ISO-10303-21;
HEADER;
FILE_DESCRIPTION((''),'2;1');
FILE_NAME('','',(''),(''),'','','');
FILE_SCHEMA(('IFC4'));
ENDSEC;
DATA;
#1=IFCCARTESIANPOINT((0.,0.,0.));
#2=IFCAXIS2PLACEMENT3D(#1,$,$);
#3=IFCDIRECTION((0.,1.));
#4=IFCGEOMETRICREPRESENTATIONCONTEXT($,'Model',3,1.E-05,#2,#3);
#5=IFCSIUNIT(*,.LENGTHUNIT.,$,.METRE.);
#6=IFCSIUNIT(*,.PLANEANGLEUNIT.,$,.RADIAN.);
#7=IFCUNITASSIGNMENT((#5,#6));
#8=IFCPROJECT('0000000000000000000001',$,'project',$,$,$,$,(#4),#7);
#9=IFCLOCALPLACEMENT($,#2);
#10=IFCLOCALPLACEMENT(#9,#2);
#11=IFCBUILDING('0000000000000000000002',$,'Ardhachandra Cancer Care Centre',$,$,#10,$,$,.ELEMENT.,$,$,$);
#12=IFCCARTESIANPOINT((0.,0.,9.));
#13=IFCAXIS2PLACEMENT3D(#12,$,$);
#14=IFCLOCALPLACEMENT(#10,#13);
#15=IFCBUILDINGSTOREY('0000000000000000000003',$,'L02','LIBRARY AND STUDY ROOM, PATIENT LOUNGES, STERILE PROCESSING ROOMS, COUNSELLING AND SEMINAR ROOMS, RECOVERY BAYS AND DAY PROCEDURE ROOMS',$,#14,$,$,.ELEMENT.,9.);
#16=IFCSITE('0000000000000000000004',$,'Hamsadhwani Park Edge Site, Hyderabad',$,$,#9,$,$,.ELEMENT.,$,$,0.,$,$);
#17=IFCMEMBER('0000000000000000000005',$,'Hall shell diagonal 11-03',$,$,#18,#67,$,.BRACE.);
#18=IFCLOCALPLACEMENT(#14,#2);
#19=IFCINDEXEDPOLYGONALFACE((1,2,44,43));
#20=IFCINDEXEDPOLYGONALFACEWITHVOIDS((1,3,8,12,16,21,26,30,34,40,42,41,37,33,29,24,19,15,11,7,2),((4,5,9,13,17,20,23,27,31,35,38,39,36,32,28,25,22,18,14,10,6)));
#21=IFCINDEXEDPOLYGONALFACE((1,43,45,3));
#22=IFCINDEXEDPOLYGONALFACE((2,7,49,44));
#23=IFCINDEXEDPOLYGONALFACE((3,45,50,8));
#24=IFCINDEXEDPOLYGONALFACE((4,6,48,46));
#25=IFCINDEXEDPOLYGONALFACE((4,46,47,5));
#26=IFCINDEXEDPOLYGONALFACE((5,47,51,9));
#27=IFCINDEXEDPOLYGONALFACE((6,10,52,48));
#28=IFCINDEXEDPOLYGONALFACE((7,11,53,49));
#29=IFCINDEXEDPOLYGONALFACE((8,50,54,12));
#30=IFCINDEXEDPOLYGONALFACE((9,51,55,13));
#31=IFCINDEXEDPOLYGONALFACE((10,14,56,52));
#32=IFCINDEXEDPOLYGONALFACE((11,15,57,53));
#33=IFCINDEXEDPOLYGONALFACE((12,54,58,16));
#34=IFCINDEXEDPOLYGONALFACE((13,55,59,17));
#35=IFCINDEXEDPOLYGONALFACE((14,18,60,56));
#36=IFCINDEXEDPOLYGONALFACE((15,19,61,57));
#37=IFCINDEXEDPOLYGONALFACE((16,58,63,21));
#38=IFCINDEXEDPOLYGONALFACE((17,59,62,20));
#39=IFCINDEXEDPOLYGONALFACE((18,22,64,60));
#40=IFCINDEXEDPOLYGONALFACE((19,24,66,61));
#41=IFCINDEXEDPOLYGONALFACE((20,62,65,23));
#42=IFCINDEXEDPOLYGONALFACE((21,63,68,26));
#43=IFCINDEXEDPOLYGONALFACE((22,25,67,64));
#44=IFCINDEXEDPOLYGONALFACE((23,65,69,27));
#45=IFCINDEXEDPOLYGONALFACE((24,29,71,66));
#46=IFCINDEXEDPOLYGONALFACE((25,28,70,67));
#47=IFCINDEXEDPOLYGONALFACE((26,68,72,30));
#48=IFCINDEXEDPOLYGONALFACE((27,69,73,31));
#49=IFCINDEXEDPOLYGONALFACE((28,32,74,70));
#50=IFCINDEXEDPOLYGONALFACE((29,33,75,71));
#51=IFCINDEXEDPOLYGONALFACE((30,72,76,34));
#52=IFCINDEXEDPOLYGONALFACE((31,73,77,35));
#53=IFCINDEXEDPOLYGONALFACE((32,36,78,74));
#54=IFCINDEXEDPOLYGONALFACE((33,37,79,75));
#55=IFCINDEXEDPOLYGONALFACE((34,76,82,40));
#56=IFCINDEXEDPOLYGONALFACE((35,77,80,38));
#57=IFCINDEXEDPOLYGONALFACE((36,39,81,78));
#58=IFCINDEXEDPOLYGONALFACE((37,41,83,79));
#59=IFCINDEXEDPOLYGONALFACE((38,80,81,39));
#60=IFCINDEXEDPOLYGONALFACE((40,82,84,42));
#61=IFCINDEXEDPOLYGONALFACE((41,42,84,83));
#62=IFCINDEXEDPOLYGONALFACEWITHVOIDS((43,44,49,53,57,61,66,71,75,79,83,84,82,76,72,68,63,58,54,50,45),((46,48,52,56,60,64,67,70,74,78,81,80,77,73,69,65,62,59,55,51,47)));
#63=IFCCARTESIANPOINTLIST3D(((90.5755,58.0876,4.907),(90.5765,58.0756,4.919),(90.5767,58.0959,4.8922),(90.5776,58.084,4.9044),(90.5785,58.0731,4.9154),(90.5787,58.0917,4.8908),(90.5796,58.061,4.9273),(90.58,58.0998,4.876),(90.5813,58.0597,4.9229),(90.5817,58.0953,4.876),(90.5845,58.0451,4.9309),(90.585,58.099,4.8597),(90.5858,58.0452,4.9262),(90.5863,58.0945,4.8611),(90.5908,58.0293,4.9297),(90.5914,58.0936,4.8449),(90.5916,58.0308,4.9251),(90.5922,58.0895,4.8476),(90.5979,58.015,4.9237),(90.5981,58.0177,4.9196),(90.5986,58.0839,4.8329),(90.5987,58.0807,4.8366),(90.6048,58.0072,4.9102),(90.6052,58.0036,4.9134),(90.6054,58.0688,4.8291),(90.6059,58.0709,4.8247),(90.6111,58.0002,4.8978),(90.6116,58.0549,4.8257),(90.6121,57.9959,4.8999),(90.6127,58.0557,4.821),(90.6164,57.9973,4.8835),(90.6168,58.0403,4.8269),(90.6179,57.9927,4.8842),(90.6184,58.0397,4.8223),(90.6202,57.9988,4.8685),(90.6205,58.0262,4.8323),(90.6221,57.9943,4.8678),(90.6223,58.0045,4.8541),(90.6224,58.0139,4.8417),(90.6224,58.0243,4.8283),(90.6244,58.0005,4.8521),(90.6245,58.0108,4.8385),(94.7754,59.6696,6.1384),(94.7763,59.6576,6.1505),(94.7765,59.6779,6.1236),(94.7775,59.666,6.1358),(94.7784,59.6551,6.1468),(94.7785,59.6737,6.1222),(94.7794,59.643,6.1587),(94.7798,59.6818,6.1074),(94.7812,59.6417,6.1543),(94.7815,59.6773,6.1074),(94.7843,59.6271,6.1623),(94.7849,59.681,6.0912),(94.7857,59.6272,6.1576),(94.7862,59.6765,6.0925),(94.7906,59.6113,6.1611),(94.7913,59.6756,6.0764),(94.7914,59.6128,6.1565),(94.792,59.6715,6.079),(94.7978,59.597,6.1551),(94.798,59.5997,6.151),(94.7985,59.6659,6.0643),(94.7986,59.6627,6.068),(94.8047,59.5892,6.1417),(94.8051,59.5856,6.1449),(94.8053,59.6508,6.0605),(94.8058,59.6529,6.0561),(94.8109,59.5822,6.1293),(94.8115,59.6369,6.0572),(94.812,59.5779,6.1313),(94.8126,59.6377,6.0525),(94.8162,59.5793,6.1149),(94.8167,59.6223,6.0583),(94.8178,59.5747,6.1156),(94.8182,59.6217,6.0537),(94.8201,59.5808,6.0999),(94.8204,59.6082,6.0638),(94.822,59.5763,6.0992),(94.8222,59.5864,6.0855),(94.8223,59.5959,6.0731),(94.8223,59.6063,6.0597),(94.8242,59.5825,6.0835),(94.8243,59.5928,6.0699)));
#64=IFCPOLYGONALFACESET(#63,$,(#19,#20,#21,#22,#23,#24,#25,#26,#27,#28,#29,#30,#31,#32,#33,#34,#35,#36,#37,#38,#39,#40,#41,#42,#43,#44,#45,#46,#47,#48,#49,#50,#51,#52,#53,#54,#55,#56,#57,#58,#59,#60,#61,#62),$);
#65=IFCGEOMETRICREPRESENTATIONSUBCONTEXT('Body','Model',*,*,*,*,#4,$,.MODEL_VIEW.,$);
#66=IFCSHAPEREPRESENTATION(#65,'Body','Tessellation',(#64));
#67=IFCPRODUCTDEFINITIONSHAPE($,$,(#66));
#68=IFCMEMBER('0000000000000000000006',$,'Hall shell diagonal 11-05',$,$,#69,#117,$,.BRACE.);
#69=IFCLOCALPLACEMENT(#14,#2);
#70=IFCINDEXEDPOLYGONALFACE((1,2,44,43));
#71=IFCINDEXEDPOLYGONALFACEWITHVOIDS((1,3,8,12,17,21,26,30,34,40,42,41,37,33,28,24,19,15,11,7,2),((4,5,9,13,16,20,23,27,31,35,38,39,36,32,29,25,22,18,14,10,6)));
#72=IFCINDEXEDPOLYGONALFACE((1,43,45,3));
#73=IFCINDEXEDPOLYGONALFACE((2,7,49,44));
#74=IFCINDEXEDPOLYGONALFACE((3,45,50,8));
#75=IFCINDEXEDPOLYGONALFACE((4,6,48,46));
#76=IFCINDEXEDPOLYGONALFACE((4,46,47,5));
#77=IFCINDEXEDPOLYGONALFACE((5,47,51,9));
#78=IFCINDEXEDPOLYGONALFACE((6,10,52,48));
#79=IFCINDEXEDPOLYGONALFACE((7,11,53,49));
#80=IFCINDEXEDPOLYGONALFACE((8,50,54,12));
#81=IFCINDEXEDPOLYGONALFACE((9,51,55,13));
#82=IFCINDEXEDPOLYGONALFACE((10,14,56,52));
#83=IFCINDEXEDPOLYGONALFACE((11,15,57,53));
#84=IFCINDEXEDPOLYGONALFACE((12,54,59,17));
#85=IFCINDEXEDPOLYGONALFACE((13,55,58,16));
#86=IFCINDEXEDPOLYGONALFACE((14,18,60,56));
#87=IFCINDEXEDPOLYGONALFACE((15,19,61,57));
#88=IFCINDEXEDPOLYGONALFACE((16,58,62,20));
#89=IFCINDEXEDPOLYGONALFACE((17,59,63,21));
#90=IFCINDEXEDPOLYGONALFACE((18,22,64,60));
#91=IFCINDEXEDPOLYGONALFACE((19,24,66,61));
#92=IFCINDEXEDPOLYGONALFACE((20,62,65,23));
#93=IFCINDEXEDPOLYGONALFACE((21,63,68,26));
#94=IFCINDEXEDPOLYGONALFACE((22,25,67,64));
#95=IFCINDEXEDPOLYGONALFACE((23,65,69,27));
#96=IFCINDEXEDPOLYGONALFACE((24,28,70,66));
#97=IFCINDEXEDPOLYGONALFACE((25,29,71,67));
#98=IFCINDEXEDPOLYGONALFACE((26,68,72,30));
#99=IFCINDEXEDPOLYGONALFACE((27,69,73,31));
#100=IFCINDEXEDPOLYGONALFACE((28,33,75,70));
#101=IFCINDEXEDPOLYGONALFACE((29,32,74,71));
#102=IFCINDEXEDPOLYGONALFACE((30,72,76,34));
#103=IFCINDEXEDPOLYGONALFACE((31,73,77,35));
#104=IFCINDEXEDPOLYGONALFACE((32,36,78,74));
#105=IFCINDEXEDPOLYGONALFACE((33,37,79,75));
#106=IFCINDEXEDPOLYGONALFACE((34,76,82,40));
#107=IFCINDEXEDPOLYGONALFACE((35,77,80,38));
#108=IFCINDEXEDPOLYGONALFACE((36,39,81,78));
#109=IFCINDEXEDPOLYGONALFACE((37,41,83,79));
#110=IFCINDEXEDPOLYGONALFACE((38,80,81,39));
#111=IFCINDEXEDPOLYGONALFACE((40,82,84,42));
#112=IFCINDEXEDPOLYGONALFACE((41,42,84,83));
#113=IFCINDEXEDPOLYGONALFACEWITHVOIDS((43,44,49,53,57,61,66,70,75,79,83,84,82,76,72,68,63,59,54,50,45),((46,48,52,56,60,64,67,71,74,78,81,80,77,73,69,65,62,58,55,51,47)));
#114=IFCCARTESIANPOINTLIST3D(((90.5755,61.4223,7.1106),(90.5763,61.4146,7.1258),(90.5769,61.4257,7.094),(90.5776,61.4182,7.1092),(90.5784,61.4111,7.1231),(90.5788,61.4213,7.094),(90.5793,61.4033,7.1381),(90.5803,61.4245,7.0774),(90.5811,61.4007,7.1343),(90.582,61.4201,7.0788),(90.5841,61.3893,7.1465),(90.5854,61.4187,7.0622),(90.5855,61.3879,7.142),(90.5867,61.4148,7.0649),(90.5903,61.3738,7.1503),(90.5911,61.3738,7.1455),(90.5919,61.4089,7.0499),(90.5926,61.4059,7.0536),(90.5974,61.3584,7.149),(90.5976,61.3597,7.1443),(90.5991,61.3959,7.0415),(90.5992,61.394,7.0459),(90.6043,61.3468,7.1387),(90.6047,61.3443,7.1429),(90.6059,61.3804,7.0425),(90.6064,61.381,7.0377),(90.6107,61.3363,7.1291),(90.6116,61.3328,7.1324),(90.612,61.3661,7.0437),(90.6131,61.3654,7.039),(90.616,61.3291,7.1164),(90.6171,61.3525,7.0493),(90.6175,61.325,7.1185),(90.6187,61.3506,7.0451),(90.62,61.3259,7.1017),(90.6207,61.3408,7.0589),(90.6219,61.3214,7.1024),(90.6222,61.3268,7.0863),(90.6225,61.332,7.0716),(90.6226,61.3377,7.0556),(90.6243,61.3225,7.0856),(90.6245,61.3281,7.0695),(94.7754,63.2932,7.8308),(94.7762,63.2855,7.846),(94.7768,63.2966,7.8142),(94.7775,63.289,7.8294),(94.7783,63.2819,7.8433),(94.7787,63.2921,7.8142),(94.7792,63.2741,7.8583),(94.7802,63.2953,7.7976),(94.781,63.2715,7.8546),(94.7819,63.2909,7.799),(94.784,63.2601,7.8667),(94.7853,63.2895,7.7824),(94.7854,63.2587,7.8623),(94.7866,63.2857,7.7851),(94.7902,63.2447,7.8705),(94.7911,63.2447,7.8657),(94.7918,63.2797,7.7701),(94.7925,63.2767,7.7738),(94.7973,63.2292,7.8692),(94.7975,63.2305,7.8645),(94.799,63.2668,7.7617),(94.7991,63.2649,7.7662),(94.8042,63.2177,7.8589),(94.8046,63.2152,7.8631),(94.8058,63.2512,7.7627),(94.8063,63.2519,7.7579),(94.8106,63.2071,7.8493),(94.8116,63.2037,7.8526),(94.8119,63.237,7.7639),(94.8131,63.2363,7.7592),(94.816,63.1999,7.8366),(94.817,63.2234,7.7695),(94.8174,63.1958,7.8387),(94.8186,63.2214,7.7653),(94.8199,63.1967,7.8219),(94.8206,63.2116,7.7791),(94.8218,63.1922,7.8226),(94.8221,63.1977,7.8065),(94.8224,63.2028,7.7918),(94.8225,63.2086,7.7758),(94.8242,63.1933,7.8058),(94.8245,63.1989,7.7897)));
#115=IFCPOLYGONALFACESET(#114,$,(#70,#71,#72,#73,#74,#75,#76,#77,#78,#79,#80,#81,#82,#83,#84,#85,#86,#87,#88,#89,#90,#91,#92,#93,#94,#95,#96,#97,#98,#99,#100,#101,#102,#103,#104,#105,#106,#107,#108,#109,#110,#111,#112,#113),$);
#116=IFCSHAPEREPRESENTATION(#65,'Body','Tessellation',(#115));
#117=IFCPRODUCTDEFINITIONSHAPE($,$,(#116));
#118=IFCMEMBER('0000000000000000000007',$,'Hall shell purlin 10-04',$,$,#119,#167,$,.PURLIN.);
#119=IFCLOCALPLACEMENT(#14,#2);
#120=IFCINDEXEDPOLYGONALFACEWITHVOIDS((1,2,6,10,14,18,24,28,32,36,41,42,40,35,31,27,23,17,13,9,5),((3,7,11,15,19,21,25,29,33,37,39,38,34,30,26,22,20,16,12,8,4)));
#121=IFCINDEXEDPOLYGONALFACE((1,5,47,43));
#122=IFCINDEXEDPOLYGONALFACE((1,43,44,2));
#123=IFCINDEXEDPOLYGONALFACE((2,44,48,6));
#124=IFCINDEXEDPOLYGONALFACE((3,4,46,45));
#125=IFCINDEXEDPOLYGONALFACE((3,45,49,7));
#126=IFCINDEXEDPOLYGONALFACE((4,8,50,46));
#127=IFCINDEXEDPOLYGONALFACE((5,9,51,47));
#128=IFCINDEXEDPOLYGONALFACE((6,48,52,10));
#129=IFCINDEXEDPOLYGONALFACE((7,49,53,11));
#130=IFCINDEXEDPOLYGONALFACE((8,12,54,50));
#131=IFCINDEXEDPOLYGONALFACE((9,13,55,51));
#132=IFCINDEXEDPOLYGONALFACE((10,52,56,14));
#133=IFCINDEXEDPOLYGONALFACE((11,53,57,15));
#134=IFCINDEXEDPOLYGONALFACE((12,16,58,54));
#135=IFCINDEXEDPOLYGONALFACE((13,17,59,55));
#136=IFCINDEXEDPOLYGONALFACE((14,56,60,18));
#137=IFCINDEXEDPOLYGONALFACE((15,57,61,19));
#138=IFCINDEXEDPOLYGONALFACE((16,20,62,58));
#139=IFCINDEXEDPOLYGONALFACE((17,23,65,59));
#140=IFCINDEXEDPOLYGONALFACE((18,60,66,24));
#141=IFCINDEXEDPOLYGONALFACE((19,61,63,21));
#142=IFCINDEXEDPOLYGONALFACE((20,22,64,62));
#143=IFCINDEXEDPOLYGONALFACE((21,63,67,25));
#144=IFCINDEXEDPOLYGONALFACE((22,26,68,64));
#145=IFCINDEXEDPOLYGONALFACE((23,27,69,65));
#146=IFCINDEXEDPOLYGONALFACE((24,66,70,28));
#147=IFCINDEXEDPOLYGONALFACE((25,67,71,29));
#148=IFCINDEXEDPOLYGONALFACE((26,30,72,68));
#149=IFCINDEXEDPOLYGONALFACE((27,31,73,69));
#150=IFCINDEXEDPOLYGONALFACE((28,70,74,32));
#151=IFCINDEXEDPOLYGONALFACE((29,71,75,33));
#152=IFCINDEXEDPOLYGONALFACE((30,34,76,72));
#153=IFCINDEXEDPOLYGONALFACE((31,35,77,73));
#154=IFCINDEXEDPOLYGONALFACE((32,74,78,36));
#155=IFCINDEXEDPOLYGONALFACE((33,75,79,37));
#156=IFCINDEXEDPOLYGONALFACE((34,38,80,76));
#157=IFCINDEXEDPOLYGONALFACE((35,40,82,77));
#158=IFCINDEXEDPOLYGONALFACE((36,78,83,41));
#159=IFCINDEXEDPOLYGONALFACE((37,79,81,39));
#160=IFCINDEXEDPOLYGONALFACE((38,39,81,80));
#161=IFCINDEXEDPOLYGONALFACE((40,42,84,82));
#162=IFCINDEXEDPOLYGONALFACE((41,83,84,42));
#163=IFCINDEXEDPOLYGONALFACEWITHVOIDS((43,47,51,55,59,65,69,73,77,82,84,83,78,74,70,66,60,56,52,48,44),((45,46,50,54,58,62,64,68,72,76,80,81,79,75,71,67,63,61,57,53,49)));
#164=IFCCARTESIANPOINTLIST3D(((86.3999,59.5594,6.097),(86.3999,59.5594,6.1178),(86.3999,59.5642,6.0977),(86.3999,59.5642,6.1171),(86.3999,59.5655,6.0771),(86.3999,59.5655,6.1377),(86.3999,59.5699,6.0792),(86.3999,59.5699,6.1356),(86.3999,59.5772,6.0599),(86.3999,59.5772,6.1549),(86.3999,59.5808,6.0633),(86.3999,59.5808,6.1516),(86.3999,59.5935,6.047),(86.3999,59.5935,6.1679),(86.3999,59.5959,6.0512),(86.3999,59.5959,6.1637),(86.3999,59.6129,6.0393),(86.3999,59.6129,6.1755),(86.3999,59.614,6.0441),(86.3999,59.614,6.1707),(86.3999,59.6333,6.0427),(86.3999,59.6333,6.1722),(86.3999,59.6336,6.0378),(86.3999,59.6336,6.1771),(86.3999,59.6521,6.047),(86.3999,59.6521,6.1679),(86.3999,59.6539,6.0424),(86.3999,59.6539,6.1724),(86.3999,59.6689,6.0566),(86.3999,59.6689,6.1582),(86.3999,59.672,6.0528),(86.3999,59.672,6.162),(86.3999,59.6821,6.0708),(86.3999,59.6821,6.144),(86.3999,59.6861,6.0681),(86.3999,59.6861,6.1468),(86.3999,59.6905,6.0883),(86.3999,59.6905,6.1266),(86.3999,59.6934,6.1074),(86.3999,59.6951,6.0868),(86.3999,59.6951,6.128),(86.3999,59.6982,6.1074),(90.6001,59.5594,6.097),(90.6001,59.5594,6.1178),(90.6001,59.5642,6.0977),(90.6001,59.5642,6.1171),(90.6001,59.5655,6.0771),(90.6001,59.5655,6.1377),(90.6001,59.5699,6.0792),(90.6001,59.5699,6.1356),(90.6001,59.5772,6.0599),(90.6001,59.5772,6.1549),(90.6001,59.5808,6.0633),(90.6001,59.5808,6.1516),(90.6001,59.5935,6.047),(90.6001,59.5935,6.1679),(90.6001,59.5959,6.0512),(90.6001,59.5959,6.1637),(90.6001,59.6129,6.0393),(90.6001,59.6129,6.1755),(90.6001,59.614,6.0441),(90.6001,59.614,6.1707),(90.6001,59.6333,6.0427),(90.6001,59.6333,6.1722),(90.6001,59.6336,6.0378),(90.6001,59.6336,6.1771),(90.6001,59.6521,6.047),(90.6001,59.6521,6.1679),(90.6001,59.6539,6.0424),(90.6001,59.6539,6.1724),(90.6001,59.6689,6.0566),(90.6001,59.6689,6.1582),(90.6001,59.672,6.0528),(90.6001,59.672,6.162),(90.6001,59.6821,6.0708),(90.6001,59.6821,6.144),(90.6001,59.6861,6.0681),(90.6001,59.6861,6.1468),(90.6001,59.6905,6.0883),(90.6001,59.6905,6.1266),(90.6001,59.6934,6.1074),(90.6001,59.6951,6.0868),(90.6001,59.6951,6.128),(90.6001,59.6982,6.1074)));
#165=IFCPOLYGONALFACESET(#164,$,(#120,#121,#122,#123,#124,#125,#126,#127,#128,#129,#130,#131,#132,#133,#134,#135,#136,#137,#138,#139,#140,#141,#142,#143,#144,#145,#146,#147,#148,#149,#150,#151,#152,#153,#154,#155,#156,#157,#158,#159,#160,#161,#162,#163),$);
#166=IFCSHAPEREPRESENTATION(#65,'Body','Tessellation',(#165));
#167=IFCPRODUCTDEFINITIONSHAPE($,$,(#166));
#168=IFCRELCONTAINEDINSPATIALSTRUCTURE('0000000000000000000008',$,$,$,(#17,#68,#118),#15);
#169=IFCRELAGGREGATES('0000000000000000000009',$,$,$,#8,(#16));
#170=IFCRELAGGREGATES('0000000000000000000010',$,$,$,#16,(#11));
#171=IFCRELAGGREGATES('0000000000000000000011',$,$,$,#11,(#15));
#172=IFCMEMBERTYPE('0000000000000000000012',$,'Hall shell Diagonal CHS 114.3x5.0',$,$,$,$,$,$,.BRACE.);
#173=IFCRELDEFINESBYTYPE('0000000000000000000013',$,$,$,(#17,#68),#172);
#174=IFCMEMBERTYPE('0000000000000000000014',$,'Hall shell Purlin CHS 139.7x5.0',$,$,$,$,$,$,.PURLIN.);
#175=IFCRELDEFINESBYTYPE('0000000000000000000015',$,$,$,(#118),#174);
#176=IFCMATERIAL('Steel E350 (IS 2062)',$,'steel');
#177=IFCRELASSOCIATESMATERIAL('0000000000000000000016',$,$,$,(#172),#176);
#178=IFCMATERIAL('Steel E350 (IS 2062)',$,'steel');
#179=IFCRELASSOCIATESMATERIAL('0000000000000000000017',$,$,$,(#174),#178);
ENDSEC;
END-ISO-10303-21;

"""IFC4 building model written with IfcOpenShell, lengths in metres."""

from ifc_helpers import new_model, si_unit, direction, frame, origin, origin_2d, place, context, subcontext, project, spatial, hollow_circle, extrude, material, material_profile, profile_set, type_object, element, save


model = new_model("IFC4")

# Units and contexts
model_context = context("Model", 3, precision=1e-05, world=origin(), true_north=direction((0.0, 1.0)))
body_context = subcontext(model_context, "Body", "Model", "MODEL_VIEW")
ifc_project = project(units=[si_unit("LENGTHUNIT", "METRE"), si_unit("PLANEANGLEUNIT", "RADIAN")], contexts=[model_context])

# Site, building, storey
site_placement = place(None, origin())
site = spatial("IfcSite", under=ifc_project, at=site_placement, Name="Hamsadhwani Park Edge Site, Hyderabad", CompositionType="ELEMENT", RefElevation=0.0)
building_placement = place(site_placement, origin())
building = spatial("IfcBuilding", under=site, at=building_placement, Name="Ardhachandra Cancer Care Centre", CompositionType="ELEMENT")
storey_placement = place(building_placement, frame((0.0, 0.0, 9.0)))
storey = spatial("IfcBuildingStorey", under=building, at=storey_placement, Name="L02", Description="LIBRARY AND STUDY ROOM, PATIENT LOUNGES, STERILE PROCESSING ROOMS, COUNSELLING AND SEMINAR ROOMS, RECOVERY BAYS AND DAY PROCEDURE ROOMS", CompositionType="ELEMENT", Elevation=9.0)

# Members
ifc_material_1 = material(Name="Steel E350 (IS 2062)", Category="steel")
ifc_material_profile_1 = material_profile(ifc_material_1, hollow_circle(Radius=0.0571, WallThickness=0.0049, at=origin_2d()), Name="CHS 114.3x5.0")
ifc_profile_set_1 = profile_set([ifc_material_profile_1], Name="Steel E350 (IS 2062)")
member_type_1 = type_object("IfcMemberType", Name="Hall shell Diagonal CHS 114.3x5.0", PredefinedType="BRACE", material=ifc_profile_set_1)
for number, where, z_axis, x_axis, name in (
    (1, (90.6001, 58.0464, 4.876), (0.902457, 0.339936, 0.264605), (-0.3525, 0.935812, 0.0), "Hall shell diagonal 11-03"),
    (2, (90.6001, 61.3735, 7.094), (0.902467, 0.402, 0.154757), (-0.406902, 0.913472, 0.0), "Hall shell diagonal 11-05"),
):
    element("IfcMember", number, at=place(storey_placement, frame(where, z_axis=z_axis, x_axis=x_axis)), inside=storey, type_object=member_type_1, Name=name, PredefinedType="BRACE", context=body_context, shape_type="SweptSolid", body=[
        extrude(hollow_circle(Radius=0.0571, WallThickness=0.0049, at=origin_2d()), origin(), (0.0, 0.0, 1.0), 4.6538),
    ])
ifc_material_2 = material(Name="Steel E350 (IS 2062)", Category="steel")
ifc_material_profile_2 = material_profile(ifc_material_2, hollow_circle(Radius=0.0698, WallThickness=0.0049, at=origin_2d()), Name="CHS 139.7x5.0")
ifc_profile_set_2 = profile_set([ifc_material_profile_2], Name="Steel E350 (IS 2062)")
member_type_2 = type_object("IfcMemberType", Name="Hall shell Purlin CHS 139.7x5.0", PredefinedType="PURLIN", material=ifc_profile_set_2)
member_1_placement = place(storey_placement, frame((86.3999, 59.6284, 6.1074), z_axis=(1.0, 0.0, 0.0), x_axis=(0.0, 1.0, 0.0)))
element("IfcMember", 3, at=member_1_placement, inside=storey, type_object=member_type_2, Name="Hall shell purlin 10-04", PredefinedType="PURLIN", context=body_context, shape_type="SweptSolid", body=[
    extrude(hollow_circle(Radius=0.0698, WallThickness=0.0049, at=origin_2d()), origin(), (0.0, 0.0, 1.0), 4.2002),
])

save(model, "model.ifc")
